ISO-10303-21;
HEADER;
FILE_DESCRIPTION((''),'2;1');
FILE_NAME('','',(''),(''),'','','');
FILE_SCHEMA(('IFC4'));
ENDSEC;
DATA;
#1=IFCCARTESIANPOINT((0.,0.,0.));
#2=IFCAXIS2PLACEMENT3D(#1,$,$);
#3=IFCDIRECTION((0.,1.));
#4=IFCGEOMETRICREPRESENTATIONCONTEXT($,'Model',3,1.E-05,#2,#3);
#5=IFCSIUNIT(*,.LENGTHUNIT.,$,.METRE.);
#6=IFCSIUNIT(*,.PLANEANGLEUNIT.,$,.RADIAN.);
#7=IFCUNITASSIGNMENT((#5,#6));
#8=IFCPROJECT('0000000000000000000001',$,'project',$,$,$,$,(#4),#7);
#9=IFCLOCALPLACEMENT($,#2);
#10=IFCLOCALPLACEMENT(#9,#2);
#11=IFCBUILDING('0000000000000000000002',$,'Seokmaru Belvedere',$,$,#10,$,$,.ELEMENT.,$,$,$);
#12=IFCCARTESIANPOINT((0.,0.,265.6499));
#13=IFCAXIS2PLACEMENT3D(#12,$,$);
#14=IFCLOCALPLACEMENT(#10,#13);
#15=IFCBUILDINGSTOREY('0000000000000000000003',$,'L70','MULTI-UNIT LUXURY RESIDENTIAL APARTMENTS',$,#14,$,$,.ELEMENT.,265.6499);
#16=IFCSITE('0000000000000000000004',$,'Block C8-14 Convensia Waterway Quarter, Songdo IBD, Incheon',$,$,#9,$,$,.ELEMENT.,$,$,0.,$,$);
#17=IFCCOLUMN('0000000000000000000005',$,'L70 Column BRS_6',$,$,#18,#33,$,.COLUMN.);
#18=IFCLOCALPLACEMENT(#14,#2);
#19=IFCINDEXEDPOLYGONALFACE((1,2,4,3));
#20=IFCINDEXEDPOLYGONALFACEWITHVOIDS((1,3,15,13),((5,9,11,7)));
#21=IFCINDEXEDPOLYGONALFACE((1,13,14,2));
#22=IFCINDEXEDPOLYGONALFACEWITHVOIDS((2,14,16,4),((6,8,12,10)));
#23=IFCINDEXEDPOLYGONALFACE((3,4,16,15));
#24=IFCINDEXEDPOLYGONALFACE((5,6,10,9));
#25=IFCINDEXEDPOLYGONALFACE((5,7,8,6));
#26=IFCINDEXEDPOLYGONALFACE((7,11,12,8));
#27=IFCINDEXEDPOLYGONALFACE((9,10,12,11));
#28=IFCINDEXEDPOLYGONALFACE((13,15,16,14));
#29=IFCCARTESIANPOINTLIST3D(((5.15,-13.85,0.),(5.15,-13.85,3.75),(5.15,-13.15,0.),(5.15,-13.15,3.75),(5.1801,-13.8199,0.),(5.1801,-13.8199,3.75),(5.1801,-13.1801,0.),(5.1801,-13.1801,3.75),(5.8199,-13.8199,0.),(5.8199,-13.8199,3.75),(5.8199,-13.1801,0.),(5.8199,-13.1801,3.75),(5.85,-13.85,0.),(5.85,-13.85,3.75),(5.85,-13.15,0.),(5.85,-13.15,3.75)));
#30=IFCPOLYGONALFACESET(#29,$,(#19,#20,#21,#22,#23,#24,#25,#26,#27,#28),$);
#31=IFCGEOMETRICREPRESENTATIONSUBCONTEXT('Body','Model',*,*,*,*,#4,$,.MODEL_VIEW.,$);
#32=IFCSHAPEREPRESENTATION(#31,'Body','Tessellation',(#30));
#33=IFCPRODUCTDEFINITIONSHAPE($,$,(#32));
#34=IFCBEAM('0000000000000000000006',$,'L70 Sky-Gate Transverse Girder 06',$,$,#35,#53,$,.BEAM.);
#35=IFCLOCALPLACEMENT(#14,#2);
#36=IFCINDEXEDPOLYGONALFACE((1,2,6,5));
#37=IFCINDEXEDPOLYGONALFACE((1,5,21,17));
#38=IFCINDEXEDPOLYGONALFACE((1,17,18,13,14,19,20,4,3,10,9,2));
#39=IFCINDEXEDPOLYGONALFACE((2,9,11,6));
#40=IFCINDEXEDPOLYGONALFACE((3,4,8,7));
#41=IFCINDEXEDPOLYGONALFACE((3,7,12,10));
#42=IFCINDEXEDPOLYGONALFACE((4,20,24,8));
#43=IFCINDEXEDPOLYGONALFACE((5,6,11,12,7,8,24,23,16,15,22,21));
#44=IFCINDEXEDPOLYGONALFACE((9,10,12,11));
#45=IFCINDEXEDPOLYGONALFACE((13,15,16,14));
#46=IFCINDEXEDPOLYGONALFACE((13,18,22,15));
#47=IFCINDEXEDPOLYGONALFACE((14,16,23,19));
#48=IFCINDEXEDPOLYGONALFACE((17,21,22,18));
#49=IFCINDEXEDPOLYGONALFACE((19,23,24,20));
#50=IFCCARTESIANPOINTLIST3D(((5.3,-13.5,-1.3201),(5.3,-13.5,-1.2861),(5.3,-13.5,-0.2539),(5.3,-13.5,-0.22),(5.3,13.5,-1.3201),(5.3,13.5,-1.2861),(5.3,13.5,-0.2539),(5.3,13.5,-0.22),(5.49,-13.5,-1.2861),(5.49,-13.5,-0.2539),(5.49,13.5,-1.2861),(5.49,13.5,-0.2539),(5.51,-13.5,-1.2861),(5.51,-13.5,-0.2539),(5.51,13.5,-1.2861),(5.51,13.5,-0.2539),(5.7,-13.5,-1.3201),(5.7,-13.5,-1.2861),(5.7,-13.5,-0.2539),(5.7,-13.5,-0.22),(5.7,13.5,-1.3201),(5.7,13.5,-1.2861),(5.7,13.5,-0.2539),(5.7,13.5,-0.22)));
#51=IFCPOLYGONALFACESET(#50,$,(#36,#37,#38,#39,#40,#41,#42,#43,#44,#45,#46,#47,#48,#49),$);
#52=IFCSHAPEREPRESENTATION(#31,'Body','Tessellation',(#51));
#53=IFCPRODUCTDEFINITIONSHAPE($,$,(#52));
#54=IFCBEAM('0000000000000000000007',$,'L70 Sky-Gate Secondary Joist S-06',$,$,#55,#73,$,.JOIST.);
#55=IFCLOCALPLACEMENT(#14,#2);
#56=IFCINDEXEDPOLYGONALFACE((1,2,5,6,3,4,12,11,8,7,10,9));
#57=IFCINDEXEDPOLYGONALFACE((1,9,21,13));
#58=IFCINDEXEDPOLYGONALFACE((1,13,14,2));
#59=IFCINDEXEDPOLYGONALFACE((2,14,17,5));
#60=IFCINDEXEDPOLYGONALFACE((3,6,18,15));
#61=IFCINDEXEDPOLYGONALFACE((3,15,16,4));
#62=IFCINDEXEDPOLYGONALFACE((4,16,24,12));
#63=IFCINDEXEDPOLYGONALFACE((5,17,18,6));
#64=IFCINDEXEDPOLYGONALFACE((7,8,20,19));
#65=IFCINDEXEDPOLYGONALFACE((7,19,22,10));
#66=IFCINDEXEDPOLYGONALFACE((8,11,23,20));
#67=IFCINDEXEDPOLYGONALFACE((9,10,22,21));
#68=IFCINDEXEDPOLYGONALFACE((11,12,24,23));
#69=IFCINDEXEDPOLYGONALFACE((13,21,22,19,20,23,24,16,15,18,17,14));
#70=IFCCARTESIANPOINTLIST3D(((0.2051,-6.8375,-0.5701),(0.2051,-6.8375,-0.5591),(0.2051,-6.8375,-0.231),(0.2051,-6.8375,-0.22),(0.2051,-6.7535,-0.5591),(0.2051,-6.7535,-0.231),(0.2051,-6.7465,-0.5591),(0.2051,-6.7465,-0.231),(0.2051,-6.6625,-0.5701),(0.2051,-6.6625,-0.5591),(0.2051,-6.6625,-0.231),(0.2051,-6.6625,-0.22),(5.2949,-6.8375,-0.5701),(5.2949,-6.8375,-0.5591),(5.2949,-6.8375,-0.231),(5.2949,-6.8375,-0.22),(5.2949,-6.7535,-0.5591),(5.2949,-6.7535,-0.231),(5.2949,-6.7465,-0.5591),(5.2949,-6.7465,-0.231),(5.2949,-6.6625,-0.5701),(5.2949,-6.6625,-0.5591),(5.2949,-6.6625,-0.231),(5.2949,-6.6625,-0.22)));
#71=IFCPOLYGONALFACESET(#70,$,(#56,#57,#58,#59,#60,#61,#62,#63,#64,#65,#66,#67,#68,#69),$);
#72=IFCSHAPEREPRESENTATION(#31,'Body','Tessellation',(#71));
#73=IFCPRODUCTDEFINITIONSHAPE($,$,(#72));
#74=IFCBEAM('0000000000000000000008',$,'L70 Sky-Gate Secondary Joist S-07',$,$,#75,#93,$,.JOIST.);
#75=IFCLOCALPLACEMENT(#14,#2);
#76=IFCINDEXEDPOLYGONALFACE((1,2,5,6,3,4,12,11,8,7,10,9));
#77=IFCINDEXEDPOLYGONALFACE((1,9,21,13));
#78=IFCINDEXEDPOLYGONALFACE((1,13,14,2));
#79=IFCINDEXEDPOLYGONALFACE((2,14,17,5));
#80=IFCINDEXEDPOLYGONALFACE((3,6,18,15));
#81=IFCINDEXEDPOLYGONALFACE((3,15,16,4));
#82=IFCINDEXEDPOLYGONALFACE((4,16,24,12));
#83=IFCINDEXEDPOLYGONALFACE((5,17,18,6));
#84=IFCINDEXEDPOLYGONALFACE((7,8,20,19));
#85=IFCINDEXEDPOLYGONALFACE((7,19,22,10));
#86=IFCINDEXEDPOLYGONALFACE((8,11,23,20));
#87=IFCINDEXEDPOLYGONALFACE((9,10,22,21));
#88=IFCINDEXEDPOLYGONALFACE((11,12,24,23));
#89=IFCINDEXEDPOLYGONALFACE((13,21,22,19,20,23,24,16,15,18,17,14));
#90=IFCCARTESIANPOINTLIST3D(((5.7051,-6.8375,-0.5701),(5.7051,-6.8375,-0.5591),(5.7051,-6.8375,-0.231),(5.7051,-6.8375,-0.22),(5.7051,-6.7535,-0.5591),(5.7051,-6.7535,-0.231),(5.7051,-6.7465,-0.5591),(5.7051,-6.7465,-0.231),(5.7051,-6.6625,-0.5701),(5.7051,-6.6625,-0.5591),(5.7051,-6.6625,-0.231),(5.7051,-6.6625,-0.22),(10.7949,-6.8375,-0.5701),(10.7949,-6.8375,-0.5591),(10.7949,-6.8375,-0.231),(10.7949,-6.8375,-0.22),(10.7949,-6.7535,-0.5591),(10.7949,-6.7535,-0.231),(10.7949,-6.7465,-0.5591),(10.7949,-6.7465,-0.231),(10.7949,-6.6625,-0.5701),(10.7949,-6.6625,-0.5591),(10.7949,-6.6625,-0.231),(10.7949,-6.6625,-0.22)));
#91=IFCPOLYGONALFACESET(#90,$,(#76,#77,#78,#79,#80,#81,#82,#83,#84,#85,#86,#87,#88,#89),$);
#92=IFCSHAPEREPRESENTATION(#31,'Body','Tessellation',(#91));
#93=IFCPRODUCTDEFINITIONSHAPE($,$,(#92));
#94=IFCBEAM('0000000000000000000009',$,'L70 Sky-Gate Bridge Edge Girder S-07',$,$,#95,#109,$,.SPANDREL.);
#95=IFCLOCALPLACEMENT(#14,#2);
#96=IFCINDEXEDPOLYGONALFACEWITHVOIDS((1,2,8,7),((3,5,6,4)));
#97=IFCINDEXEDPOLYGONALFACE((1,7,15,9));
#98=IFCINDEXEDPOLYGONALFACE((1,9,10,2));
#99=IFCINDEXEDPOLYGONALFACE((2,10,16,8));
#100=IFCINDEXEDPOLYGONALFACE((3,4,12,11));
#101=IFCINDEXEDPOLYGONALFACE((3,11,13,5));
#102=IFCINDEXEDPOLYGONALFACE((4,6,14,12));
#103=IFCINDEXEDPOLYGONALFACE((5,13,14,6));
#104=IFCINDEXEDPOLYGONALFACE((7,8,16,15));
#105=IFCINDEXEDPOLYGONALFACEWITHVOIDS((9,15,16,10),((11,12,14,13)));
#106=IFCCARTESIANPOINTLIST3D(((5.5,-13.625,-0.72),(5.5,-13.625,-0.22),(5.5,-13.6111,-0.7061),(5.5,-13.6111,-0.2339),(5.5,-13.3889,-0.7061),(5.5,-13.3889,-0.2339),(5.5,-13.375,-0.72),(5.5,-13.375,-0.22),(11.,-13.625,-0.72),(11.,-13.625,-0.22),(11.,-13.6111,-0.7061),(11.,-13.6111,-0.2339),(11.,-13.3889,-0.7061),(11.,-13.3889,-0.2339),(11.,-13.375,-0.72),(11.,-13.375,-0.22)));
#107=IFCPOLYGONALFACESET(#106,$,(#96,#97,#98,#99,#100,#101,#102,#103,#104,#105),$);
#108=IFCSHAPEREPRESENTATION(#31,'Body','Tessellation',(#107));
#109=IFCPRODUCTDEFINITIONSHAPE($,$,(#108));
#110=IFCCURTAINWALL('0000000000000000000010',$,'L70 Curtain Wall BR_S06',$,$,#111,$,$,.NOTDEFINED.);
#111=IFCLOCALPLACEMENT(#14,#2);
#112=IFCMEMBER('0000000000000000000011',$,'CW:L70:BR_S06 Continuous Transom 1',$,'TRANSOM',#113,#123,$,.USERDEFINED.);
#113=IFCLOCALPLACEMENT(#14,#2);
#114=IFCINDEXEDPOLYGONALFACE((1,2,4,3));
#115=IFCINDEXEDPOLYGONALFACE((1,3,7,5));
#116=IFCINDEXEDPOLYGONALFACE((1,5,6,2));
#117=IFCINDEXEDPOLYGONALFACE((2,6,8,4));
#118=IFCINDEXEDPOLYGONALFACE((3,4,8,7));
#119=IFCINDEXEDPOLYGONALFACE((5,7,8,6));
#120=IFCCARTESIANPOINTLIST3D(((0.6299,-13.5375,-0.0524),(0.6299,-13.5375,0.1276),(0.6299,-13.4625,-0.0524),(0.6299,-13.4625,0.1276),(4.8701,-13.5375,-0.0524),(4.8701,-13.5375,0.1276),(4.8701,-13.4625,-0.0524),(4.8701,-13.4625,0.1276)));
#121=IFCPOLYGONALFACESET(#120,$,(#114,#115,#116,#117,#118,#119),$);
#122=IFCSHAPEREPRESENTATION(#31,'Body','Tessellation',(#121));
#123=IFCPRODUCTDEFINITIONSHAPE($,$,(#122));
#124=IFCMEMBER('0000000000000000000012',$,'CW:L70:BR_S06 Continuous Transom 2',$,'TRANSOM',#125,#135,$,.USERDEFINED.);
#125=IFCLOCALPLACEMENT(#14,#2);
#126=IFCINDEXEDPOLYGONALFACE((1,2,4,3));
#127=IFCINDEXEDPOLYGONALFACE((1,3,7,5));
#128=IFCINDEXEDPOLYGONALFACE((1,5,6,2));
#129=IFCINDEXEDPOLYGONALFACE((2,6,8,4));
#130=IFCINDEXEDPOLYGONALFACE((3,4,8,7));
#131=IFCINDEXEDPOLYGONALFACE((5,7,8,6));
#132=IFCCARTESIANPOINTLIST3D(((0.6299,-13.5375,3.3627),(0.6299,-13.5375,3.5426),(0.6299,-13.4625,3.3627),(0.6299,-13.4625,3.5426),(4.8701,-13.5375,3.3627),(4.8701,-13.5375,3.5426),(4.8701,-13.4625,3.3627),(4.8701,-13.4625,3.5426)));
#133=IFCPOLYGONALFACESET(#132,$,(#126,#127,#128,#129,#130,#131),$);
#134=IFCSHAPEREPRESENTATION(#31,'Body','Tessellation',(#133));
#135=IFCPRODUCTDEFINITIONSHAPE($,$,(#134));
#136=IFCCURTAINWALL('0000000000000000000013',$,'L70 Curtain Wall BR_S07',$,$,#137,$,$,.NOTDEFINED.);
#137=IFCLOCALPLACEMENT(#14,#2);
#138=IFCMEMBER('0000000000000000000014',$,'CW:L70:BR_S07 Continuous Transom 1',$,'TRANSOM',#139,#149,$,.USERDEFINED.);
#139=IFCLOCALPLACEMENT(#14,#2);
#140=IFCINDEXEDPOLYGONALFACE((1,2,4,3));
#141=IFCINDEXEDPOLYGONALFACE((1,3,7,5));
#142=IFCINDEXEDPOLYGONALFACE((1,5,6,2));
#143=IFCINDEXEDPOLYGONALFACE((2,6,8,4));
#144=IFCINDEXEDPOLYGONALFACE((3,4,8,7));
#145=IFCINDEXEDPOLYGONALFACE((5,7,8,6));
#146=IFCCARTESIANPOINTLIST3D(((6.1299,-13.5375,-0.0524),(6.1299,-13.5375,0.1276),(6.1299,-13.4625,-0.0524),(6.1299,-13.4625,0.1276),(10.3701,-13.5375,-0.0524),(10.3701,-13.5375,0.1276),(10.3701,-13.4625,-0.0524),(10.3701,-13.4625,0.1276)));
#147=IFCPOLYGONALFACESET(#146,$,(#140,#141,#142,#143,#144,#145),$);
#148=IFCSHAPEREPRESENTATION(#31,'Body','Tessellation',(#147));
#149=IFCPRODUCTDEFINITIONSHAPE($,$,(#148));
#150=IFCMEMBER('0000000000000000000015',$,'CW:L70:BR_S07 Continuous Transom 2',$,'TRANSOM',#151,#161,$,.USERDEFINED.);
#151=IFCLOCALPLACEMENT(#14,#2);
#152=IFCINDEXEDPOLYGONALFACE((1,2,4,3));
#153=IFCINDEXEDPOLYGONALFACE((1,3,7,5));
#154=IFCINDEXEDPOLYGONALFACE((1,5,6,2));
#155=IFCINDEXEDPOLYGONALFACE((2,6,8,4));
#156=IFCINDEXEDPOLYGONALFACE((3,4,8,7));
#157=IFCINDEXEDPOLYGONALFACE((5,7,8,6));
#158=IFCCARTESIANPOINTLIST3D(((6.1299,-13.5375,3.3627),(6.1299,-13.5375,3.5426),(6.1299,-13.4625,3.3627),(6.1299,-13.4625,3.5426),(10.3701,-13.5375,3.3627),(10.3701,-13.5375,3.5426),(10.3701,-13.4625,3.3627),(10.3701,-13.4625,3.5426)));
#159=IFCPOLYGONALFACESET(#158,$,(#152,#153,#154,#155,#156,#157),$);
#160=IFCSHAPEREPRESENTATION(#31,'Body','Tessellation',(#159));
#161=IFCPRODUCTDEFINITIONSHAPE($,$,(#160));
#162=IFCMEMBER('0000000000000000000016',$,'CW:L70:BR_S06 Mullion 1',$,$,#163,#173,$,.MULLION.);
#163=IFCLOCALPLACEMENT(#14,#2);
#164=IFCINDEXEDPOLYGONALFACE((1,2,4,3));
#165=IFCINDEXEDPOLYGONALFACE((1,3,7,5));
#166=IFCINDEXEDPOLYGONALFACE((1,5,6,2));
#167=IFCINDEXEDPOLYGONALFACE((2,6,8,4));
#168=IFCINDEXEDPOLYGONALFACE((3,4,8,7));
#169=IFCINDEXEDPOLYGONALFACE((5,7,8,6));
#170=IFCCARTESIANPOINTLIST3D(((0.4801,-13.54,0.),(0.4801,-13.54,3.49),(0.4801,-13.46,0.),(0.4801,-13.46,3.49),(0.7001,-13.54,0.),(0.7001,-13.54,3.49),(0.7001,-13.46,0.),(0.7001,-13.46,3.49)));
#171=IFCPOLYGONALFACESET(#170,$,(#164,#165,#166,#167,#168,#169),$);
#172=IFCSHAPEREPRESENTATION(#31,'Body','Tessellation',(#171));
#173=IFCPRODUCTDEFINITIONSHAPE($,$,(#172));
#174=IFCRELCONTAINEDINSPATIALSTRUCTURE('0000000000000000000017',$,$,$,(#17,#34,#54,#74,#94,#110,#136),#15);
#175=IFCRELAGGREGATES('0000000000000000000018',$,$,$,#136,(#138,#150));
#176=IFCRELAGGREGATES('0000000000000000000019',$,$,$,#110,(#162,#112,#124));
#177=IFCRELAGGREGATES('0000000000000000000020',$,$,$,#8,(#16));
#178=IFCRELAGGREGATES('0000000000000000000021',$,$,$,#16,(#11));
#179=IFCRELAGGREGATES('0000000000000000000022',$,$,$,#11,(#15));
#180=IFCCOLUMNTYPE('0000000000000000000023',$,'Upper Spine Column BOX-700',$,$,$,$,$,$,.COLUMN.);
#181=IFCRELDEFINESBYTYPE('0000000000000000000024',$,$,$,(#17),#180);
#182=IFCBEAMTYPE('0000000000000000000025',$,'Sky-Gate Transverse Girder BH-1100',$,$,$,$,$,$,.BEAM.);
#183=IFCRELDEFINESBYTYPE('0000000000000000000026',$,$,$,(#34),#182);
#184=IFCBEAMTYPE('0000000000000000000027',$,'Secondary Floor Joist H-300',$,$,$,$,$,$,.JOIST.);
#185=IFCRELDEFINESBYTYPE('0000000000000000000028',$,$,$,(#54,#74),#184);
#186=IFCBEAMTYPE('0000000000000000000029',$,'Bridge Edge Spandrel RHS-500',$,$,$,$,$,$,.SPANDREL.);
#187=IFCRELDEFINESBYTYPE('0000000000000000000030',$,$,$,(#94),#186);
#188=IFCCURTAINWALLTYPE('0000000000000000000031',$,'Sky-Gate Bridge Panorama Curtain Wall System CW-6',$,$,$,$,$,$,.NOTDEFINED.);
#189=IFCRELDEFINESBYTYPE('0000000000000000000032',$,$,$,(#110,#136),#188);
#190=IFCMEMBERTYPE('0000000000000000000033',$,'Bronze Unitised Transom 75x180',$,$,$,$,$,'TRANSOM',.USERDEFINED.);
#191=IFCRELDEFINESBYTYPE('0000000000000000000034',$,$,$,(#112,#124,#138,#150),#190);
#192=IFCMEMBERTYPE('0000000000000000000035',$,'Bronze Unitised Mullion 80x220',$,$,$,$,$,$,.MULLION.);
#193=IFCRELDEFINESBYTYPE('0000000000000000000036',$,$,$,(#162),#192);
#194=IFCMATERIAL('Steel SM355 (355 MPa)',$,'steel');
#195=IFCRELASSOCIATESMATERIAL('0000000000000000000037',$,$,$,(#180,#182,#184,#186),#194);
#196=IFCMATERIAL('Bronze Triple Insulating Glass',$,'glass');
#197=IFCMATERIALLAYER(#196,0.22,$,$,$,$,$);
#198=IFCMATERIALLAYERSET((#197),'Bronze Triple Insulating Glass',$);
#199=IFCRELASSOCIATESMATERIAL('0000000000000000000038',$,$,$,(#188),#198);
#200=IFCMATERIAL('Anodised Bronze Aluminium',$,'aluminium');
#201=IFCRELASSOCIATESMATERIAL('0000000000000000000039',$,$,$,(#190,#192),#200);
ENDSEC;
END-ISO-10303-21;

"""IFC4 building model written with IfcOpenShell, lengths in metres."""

from ifc_helpers import new_model, si_unit, direction, frame, origin, origin_2d, place, context, subcontext, project, spatial, rectangle, hollow_rectangle, i_section, extrude, source, transform, mapped, material, layer, layer_set, material_profile, profile_set, type_object, type_shapes, element, aggregate, save


model = new_model("IFC4")

# Units and contexts
model_context = context("Model", 3, precision=1e-05, world=origin(), true_north=direction((0.0, 1.0)))
body_context = subcontext(model_context, "Body", "Model", "MODEL_VIEW")
ifc_project = project(units=[si_unit("LENGTHUNIT", "METRE"), si_unit("PLANEANGLEUNIT", "RADIAN")], contexts=[model_context])

# Site, building, storey
site_placement = place(None, origin())
site = spatial("IfcSite", under=ifc_project, at=site_placement, Name="Block C8-14 Convensia Waterway Quarter, Songdo IBD, Incheon", CompositionType="ELEMENT", RefElevation=0.0)
building_placement = place(site_placement, origin())
building = spatial("IfcBuilding", under=site, at=building_placement, Name="Seokmaru Belvedere", CompositionType="ELEMENT")
storey_placement = place(building_placement, frame((0.0, 0.0, 265.6499)))
storey = spatial("IfcBuildingStorey", under=building, at=storey_placement, Name="L70", Description="MULTI-UNIT LUXURY RESIDENTIAL APARTMENTS", CompositionType="ELEMENT", Elevation=265.6499)

# Column
ifc_material_1 = material(Name="Steel SM355 (355 MPa)", Category="steel")
ifc_material_profile_1 = material_profile(ifc_material_1, hollow_rectangle(XDim=0.7, YDim=0.7, WallThickness=0.03, at=origin_2d()), Name="BOX-700x700x30")
ifc_profile_set_1 = profile_set([ifc_material_profile_1], Name="Steel SM355 (355 MPa)")
column_type = type_object("IfcColumnType", Name="Upper Spine Column BOX-700", PredefinedType="COLUMN", material=ifc_profile_set_1)
shared_shape_1 = source(origin(), body_context, "Body", "SweptSolid", [
    extrude(hollow_rectangle(XDim=0.7, YDim=0.7, WallThickness=0.03, at=origin_2d()), origin(), (0.0, 0.0, 1.0), 3.75),
])
type_shapes(column_type, [shared_shape_1])
column_placement = place(storey_placement, frame((5.5, -13.5, 0.0), z_axis=(0.0, 0.0, 1.0), x_axis=(1.0, 0.0, 0.0)))
element("IfcColumn", 1, at=column_placement, inside=storey, type_object=column_type, Name="L70 Column BRS_6", PredefinedType="COLUMN", context=body_context, shape_type="MappedRepresentation", body=[
    mapped(shared_shape_1, transform((0.0, 0.0, 0.0), scale=1.0)),
])

# Beams
ifc_material_profile_2 = material_profile(ifc_material_1, i_section(OverallWidth=0.3999, OverallDepth=1.1001, WebThickness=0.02, FlangeThickness=0.0339, at=origin_2d()), Name="BH-1100x400x20x34")
ifc_profile_set_2 = profile_set([ifc_material_profile_2], Name="Steel SM355 (355 MPa)")
beam_type_1 = type_object("IfcBeamType", Name="Sky-Gate Transverse Girder BH-1100", PredefinedType="BEAM", material=ifc_profile_set_2)
shared_shape_2 = source(origin(), body_context, "Body", "SweptSolid", [
    extrude(i_section(OverallWidth=0.3999, OverallDepth=1.1001, WebThickness=0.02, FlangeThickness=0.0339, at=origin_2d()), origin(), (0.0, 0.0, 1.0), 27.0),
])
type_shapes(beam_type_1, [shared_shape_2])
beam_1_placement = place(storey_placement, frame((5.5, -13.5, -0.77), z_axis=(0.0, 1.0, 0.0), x_axis=(-1.0, 0.0, 0.0)))
element("IfcBeam", 2, at=beam_1_placement, inside=storey, type_object=beam_type_1, Name="L70 Sky-Gate Transverse Girder 06", PredefinedType="BEAM", context=body_context, shape_type="MappedRepresentation", body=[
    mapped(shared_shape_2, transform((0.0, 0.0, 0.0), scale=1.0)),
])
ifc_material_profile_3 = material_profile(ifc_material_1, i_section(OverallWidth=0.175, OverallDepth=0.3501, WebThickness=0.0071, FlangeThickness=0.011, at=origin_2d()), Name="H-350x175x7x11")
ifc_profile_set_3 = profile_set([ifc_material_profile_3], Name="Steel SM355 (355 MPa)")
beam_type_2 = type_object("IfcBeamType", Name="Secondary Floor Joist H-300", PredefinedType="JOIST", material=ifc_profile_set_3)
shared_shape_3 = source(origin(), body_context, "Body", "SweptSolid", [
    extrude(i_section(OverallWidth=0.175, OverallDepth=0.3501, WebThickness=0.0071, FlangeThickness=0.011, at=origin_2d()), origin(), (0.0, 0.0, 1.0), 5.0898),
])
type_shapes(beam_type_2, [shared_shape_3])
for number, where, z_axis, x_axis, name in (
    (3, (0.2051, -6.75, -0.395), (1.0, 0.0, 0.0), (0.0, 1.0, 0.0), "L70 Sky-Gate Secondary Joist S-06"),
    (4, (5.7051, -6.75, -0.395), (1.0, 0.0, 0.0), (0.0, 1.0, 0.0), "L70 Sky-Gate Secondary Joist S-07"),
):
    element("IfcBeam", number, at=place(storey_placement, frame(where, z_axis=z_axis, x_axis=x_axis)), inside=storey, type_object=beam_type_2, Name=name, PredefinedType="JOIST", context=body_context, shape_type="MappedRepresentation", body=[
        mapped(shared_shape_3, transform((0.0, 0.0, 0.0), scale=1.0)),
    ])
ifc_material_profile_4 = material_profile(ifc_material_1, hollow_rectangle(XDim=0.25, YDim=0.5, WallThickness=0.0139, at=origin_2d()), Name="RHS-500x250x14")
ifc_profile_set_4 = profile_set([ifc_material_profile_4], Name="Steel SM355 (355 MPa)")
beam_type_3 = type_object("IfcBeamType", Name="Bridge Edge Spandrel RHS-500", PredefinedType="SPANDREL", material=ifc_profile_set_4)
shared_shape_4 = source(origin(), body_context, "Body", "SweptSolid", [
    extrude(hollow_rectangle(XDim=0.25, YDim=0.5, WallThickness=0.0139, at=origin_2d()), origin(), (0.0, 0.0, 1.0), 5.5),
])
type_shapes(beam_type_3, [shared_shape_4])
beam_2_placement = place(storey_placement, frame((5.5, -13.5, -0.47), z_axis=(1.0, 0.0, 0.0), x_axis=(0.0, 1.0, 0.0)))
element("IfcBeam", 5, at=beam_2_placement, inside=storey, type_object=beam_type_3, Name="L70 Sky-Gate Bridge Edge Girder S-07", PredefinedType="SPANDREL", context=body_context, shape_type="MappedRepresentation", body=[
    mapped(shared_shape_4, transform((0.0, 0.0, 0.0), scale=1.0)),
])

# Curtain walls, members
ifc_material_2 = material(Name="Bronze Triple Insulating Glass", Category="glass")
ifc_layer_1 = layer(ifc_material_2, 0.22)
ifc_layer_set_1 = layer_set([ifc_layer_1], Name="Bronze Triple Insulating Glass")
curtain_wall_type = type_object("IfcCurtainWallType", Name="Sky-Gate Bridge Panorama Curtain Wall System CW-6", PredefinedType="NOTDEFINED", material=ifc_layer_set_1)
curtain_wall_1_placement = place(storey_placement, origin())
curtain_wall_1 = element("IfcCurtainWall", 6, at=curtain_wall_1_placement, inside=storey, type_object=curtain_wall_type, Name="L70 Curtain Wall BR_S06", PredefinedType="NOTDEFINED")
ifc_material_3 = material(Name="Anodised Bronze Aluminium", Category="aluminium")
ifc_material_profile_5 = material_profile(ifc_material_3, rectangle(XDim=0.075, YDim=0.1799, at=origin_2d()), Name="CW-T-75x180")
ifc_profile_set_5 = profile_set([ifc_material_profile_5], Name="Anodised Bronze Aluminium")
member_type_1 = type_object("IfcMemberType", Name="Bronze Unitised Transom 75x180", ElementType="TRANSOM", PredefinedType="USERDEFINED", material=ifc_profile_set_5)
shared_shape_5 = source(origin(), body_context, "Body", "SweptSolid", [
    extrude(rectangle(XDim=0.075, YDim=0.1799, at=origin_2d()), origin(), (0.0, 0.0, 1.0), 4.2402),
])
type_shapes(member_type_1, [shared_shape_5])
member_1_placement = place(storey_placement, frame((0.6299, -13.5, 0.0376), z_axis=(1.0, 0.0, 0.0), x_axis=(0.0, 1.0, 0.0)))
member_1 = element("IfcMember", 7, at=member_1_placement, type_object=member_type_1, Name="CW:L70:BR_S06 Continuous Transom 1", ObjectType="TRANSOM", PredefinedType="USERDEFINED", context=body_context, shape_type="MappedRepresentation", body=[
    mapped(shared_shape_5, transform((0.0, 0.0, 0.0), scale=1.0)),
])
member_2_placement = place(storey_placement, frame((0.6299, -13.5, 3.4526), z_axis=(1.0, 0.0, 0.0), x_axis=(0.0, 1.0, 0.0)))
member_2 = element("IfcMember", 8, at=member_2_placement, type_object=member_type_1, Name="CW:L70:BR_S06 Continuous Transom 2", ObjectType="TRANSOM", PredefinedType="USERDEFINED", context=body_context, shape_type="MappedRepresentation", body=[
    mapped(shared_shape_5, transform((0.0, 0.0, 0.0), scale=1.0)),
])
curtain_wall_2_placement = place(storey_placement, origin())
curtain_wall_2 = element("IfcCurtainWall", 9, at=curtain_wall_2_placement, inside=storey, type_object=curtain_wall_type, Name="L70 Curtain Wall BR_S07", PredefinedType="NOTDEFINED")
member_3_placement = place(storey_placement, frame((6.1299, -13.5, 0.0376), z_axis=(1.0, 0.0, 0.0), x_axis=(0.0, 1.0, 0.0)))
member_3 = element("IfcMember", 10, at=member_3_placement, type_object=member_type_1, Name="CW:L70:BR_S07 Continuous Transom 1", ObjectType="TRANSOM", PredefinedType="USERDEFINED", context=body_context, shape_type="MappedRepresentation", body=[
    mapped(shared_shape_5, transform((0.0, 0.0, 0.0), scale=1.0)),
])
member_4_placement = place(storey_placement, frame((6.1299, -13.5, 3.4526), z_axis=(1.0, 0.0, 0.0), x_axis=(0.0, 1.0, 0.0)))
member_4 = element("IfcMember", 11, at=member_4_placement, type_object=member_type_1, Name="CW:L70:BR_S07 Continuous Transom 2", ObjectType="TRANSOM", PredefinedType="USERDEFINED", context=body_context, shape_type="MappedRepresentation", body=[
    mapped(shared_shape_5, transform((0.0, 0.0, 0.0), scale=1.0)),
])

# Member
ifc_material_profile_6 = material_profile(ifc_material_3, rectangle(XDim=0.0801, YDim=0.22, at=origin_2d()), Name="CW-M-80x220")
ifc_profile_set_6 = profile_set([ifc_material_profile_6], Name="Anodised Bronze Aluminium")
member_type_2 = type_object("IfcMemberType", Name="Bronze Unitised Mullion 80x220", PredefinedType="MULLION", material=ifc_profile_set_6)
shared_shape_6 = source(origin(), body_context, "Body", "SweptSolid", [
    extrude(rectangle(XDim=0.0801, YDim=0.22, at=origin_2d()), origin(), (0.0, 0.0, 1.0), 3.49),
])
type_shapes(member_type_2, [shared_shape_6])
member_5_placement = place(storey_placement, frame((0.5901, -13.5, 0.0), z_axis=(0.0, 0.0, 1.0), x_axis=(0.0, 1.0, 0.0)))
member_5 = element("IfcMember", 12, at=member_5_placement, type_object=member_type_2, Name="CW:L70:BR_S06 Mullion 1", PredefinedType="MULLION", context=body_context, shape_type="MappedRepresentation", body=[
    mapped(shared_shape_6, transform((0.0, 0.0, 0.0), scale=1.0)),
])
aggregate(curtain_wall_2, [member_3, member_4])

aggregate(curtain_wall_1, [member_5, member_1, member_2])

save(model, "model.ifc")
